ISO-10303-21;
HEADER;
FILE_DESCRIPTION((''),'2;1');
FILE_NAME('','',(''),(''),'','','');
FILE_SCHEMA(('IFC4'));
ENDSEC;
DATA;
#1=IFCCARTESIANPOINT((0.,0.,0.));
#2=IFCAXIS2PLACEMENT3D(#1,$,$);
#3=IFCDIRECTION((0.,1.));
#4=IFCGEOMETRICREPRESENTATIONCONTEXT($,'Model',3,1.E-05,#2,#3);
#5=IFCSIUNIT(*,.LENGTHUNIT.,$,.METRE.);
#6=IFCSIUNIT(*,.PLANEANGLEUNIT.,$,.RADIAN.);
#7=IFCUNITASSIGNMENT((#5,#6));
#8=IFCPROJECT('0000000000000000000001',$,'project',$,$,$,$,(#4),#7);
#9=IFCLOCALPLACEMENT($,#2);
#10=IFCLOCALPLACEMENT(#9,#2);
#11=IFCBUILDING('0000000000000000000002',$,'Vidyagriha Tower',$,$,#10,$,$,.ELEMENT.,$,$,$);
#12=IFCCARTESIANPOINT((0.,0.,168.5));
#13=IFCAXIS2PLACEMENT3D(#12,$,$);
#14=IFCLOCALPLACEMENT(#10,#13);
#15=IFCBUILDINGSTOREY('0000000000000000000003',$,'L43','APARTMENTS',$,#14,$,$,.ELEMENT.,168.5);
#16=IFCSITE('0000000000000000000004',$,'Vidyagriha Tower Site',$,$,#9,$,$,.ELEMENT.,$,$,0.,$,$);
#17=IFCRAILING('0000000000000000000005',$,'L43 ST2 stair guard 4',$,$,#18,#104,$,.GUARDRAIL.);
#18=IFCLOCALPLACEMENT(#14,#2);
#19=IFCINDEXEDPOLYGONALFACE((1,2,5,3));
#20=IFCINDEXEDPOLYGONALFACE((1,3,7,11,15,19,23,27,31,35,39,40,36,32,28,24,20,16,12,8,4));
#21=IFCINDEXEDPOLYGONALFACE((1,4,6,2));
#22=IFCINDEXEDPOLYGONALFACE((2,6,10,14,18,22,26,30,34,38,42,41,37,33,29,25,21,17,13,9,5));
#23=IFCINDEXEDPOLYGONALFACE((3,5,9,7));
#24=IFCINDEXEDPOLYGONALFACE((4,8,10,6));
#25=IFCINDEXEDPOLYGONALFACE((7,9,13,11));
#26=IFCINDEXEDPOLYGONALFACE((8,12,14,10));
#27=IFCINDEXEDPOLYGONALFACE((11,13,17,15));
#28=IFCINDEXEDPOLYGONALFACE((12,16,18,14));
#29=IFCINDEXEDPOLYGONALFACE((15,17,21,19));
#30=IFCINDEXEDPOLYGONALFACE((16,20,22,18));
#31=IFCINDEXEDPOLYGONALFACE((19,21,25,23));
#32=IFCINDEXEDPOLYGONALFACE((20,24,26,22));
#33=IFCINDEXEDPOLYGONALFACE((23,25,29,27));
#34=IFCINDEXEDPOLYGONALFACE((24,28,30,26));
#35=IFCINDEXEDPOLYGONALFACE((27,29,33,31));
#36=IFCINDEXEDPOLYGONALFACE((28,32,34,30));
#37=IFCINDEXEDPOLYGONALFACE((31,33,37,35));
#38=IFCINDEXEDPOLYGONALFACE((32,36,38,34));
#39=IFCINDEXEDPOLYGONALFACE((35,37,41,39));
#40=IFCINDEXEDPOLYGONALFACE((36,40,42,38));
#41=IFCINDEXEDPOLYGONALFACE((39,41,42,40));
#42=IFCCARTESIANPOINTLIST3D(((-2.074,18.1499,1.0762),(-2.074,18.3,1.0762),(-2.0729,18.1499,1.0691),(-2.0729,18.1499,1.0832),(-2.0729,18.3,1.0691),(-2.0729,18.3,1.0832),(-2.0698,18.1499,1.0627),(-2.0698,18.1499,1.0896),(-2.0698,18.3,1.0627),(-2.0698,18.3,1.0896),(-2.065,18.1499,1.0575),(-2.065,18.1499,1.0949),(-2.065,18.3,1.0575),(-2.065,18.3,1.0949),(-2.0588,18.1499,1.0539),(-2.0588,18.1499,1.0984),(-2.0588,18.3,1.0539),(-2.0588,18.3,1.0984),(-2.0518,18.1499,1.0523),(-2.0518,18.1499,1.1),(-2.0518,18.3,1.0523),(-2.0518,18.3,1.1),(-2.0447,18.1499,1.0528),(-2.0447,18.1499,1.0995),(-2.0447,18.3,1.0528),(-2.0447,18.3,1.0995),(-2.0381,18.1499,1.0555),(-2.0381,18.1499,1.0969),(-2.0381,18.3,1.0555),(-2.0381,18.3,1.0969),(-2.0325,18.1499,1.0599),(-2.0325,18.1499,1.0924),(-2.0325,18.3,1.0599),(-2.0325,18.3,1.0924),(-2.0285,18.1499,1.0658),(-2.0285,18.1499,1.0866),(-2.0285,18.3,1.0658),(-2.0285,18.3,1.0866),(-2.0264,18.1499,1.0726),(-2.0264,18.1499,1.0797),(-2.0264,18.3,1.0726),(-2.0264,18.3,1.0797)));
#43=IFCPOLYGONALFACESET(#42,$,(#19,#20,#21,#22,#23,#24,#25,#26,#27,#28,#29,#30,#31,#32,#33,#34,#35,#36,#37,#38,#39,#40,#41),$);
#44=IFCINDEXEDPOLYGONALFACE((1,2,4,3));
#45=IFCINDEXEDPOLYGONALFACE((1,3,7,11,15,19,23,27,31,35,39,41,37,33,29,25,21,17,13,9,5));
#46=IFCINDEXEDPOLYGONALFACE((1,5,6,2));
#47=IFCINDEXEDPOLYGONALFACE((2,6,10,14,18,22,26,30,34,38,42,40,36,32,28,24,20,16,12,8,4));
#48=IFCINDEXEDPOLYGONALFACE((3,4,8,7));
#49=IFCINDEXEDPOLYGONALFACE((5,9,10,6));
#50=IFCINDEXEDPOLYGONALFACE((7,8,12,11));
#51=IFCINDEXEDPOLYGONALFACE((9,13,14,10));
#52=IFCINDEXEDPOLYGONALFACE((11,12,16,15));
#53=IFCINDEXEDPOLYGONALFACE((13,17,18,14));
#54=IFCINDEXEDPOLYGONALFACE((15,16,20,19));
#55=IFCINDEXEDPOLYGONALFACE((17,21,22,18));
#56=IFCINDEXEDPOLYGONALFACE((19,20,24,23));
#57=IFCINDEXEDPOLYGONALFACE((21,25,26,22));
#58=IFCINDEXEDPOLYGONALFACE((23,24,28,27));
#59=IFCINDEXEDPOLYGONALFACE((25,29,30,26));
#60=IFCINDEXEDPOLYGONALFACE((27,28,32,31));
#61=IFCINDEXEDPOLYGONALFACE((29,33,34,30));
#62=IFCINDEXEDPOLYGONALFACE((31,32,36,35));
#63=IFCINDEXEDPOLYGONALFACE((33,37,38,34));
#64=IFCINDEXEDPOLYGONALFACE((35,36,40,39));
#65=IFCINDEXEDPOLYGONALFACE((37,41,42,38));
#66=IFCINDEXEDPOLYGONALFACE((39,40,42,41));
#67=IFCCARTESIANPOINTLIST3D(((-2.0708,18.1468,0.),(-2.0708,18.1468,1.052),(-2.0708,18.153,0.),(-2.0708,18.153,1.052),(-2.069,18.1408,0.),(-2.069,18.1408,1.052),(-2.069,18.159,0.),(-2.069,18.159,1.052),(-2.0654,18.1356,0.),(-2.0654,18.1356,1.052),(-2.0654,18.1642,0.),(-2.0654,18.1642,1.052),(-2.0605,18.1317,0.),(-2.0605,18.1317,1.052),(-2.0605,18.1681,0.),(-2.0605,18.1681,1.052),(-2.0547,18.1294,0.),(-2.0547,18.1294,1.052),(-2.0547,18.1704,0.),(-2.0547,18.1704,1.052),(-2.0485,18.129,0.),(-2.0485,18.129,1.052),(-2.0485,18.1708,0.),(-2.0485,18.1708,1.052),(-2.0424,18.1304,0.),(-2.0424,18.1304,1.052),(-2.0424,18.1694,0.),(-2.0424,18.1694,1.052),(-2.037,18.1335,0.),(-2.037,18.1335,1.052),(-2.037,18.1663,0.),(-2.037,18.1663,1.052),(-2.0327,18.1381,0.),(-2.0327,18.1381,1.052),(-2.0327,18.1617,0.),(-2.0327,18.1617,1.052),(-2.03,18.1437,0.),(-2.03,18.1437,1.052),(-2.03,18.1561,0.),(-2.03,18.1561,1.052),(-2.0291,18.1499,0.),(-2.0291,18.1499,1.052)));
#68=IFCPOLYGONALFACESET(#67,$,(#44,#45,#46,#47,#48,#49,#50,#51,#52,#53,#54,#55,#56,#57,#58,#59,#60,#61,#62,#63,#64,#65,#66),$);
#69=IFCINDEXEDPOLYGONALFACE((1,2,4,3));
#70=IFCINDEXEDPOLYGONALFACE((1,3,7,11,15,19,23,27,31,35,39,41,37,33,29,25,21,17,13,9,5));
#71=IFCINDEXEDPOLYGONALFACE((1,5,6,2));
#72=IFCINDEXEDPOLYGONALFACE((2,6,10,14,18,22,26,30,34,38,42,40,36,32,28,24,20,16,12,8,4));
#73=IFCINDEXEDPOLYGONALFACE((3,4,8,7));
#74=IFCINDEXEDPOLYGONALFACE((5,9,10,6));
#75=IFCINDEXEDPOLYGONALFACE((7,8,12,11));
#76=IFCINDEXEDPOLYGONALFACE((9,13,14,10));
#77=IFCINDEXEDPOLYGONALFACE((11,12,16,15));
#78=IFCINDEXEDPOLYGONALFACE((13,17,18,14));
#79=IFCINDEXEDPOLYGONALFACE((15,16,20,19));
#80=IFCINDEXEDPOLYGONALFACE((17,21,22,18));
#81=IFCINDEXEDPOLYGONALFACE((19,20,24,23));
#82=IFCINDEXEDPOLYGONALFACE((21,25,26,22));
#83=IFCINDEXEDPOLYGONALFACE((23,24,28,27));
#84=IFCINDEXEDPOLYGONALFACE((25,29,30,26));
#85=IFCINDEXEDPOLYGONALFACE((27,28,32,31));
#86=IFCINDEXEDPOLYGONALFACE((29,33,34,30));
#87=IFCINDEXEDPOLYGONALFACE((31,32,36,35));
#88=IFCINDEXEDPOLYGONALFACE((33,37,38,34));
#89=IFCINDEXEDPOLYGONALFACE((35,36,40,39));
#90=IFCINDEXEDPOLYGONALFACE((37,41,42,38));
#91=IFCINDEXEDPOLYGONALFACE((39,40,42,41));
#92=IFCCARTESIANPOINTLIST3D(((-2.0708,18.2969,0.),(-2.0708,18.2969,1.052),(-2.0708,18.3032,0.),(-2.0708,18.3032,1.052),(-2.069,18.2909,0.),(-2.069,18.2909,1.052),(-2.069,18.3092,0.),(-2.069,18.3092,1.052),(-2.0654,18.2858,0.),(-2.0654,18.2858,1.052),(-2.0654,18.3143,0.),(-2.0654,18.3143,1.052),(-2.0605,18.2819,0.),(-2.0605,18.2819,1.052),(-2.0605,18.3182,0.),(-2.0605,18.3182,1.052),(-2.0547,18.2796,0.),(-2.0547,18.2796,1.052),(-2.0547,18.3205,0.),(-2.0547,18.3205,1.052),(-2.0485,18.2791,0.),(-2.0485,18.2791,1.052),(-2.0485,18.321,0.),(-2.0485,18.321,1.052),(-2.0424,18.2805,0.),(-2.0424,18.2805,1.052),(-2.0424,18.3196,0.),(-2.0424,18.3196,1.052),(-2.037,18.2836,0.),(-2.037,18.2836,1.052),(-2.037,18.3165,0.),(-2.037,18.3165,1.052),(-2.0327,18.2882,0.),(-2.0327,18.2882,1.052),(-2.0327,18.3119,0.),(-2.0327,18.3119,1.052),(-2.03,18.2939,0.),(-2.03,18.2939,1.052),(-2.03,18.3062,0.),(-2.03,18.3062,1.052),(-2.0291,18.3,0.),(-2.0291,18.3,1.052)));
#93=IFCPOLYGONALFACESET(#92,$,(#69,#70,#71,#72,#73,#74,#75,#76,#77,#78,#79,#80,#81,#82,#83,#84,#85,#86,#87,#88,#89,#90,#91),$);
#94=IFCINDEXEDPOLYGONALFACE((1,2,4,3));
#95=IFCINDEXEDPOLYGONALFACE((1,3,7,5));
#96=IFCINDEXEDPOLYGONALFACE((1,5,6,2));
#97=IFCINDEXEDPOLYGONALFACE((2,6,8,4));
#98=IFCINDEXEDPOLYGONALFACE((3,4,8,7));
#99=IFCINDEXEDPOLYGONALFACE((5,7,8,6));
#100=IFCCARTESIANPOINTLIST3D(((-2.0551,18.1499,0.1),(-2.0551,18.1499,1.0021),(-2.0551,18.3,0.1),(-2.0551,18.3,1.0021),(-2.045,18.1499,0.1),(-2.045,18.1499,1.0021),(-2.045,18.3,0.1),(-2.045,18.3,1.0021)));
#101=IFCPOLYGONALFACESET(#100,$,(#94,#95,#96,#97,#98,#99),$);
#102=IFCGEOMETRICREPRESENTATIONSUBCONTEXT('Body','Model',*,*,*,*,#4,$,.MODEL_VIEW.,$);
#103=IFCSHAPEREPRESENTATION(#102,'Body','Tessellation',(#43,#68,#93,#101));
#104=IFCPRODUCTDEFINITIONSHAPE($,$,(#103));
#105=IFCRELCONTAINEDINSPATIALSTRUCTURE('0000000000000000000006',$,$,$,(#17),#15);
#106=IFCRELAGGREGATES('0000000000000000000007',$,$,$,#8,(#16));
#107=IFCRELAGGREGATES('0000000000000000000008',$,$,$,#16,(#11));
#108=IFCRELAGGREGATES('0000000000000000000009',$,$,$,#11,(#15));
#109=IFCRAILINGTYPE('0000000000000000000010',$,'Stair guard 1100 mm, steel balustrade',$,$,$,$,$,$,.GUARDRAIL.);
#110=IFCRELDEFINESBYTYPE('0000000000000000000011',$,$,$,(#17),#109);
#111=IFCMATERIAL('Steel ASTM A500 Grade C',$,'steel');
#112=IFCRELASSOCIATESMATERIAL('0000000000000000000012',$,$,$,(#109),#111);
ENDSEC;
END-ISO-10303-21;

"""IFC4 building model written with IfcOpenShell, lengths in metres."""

from ifc_helpers import new_model, si_unit, direction, frame, origin, origin_2d, place, context, subcontext, project, spatial, rectangle, circle, extrude, material, type_object, element, save


model = new_model("IFC4")

# Units and contexts
model_context = context("Model", 3, precision=1e-05, world=origin(), true_north=direction((0.0, 1.0)))
body_context = subcontext(model_context, "Body", "Model", "MODEL_VIEW")
ifc_project = project(units=[si_unit("LENGTHUNIT", "METRE"), si_unit("PLANEANGLEUNIT", "RADIAN")], contexts=[model_context])

# Site, building, storey
site_placement = place(None, origin())
site = spatial("IfcSite", under=ifc_project, at=site_placement, Name="Vidyagriha Tower Site", CompositionType="ELEMENT", RefElevation=0.0)
building_placement = place(site_placement, origin())
building = spatial("IfcBuilding", under=site, at=building_placement, Name="Vidyagriha Tower", CompositionType="ELEMENT")
storey_placement = place(building_placement, frame((0.0, 0.0, 168.5)))
storey = spatial("IfcBuildingStorey", under=building, at=storey_placement, Name="L43", Description="APARTMENTS", CompositionType="ELEMENT", Elevation=168.5)

# Railing
ifc_material_1 = material(Name="Steel ASTM A500 Grade C", Category="steel")
railing_type_1 = type_object("IfcRailingType", Name="Stair guard 1100 mm, steel balustrade", PredefinedType="GUARDRAIL", material=ifc_material_1)
railing_1_placement = place(storey_placement, frame((-2.05, 18.1499, 0.0)))
element("IfcRailing", 1, at=railing_1_placement, inside=storey, type_object=railing_type_1, Name="L43 ST2 stair guard 4", PredefinedType="GUARDRAIL", context=body_context, shape_type="SweptSolid", body=[
    extrude(circle(Radius=0.0239, at=origin_2d()), frame((0.0, 0.0, 1.0762), z_axis=(0.0, 1.0, 0.0), x_axis=(-1.0, 0.0, 0.0)), (0.0, 0.0, 1.0), 0.1501),
    extrude(circle(Radius=0.021, at=origin_2d()), origin(), (0.0, 0.0, 1.0), 1.052),
    extrude(circle(Radius=0.021, at=origin_2d()), frame((0.0, 0.1501, 0.0)), (0.0, 0.0, 1.0), 1.052),
    extrude(rectangle(XDim=0.01, YDim=0.9021, at=origin_2d()), frame((0.0, 0.0, 0.551), z_axis=(0.0, 1.0, 0.0), x_axis=(-1.0, 0.0, 0.0)), (0.0, 0.0, 1.0), 0.1501),
])

save(model, "model.ifc")
